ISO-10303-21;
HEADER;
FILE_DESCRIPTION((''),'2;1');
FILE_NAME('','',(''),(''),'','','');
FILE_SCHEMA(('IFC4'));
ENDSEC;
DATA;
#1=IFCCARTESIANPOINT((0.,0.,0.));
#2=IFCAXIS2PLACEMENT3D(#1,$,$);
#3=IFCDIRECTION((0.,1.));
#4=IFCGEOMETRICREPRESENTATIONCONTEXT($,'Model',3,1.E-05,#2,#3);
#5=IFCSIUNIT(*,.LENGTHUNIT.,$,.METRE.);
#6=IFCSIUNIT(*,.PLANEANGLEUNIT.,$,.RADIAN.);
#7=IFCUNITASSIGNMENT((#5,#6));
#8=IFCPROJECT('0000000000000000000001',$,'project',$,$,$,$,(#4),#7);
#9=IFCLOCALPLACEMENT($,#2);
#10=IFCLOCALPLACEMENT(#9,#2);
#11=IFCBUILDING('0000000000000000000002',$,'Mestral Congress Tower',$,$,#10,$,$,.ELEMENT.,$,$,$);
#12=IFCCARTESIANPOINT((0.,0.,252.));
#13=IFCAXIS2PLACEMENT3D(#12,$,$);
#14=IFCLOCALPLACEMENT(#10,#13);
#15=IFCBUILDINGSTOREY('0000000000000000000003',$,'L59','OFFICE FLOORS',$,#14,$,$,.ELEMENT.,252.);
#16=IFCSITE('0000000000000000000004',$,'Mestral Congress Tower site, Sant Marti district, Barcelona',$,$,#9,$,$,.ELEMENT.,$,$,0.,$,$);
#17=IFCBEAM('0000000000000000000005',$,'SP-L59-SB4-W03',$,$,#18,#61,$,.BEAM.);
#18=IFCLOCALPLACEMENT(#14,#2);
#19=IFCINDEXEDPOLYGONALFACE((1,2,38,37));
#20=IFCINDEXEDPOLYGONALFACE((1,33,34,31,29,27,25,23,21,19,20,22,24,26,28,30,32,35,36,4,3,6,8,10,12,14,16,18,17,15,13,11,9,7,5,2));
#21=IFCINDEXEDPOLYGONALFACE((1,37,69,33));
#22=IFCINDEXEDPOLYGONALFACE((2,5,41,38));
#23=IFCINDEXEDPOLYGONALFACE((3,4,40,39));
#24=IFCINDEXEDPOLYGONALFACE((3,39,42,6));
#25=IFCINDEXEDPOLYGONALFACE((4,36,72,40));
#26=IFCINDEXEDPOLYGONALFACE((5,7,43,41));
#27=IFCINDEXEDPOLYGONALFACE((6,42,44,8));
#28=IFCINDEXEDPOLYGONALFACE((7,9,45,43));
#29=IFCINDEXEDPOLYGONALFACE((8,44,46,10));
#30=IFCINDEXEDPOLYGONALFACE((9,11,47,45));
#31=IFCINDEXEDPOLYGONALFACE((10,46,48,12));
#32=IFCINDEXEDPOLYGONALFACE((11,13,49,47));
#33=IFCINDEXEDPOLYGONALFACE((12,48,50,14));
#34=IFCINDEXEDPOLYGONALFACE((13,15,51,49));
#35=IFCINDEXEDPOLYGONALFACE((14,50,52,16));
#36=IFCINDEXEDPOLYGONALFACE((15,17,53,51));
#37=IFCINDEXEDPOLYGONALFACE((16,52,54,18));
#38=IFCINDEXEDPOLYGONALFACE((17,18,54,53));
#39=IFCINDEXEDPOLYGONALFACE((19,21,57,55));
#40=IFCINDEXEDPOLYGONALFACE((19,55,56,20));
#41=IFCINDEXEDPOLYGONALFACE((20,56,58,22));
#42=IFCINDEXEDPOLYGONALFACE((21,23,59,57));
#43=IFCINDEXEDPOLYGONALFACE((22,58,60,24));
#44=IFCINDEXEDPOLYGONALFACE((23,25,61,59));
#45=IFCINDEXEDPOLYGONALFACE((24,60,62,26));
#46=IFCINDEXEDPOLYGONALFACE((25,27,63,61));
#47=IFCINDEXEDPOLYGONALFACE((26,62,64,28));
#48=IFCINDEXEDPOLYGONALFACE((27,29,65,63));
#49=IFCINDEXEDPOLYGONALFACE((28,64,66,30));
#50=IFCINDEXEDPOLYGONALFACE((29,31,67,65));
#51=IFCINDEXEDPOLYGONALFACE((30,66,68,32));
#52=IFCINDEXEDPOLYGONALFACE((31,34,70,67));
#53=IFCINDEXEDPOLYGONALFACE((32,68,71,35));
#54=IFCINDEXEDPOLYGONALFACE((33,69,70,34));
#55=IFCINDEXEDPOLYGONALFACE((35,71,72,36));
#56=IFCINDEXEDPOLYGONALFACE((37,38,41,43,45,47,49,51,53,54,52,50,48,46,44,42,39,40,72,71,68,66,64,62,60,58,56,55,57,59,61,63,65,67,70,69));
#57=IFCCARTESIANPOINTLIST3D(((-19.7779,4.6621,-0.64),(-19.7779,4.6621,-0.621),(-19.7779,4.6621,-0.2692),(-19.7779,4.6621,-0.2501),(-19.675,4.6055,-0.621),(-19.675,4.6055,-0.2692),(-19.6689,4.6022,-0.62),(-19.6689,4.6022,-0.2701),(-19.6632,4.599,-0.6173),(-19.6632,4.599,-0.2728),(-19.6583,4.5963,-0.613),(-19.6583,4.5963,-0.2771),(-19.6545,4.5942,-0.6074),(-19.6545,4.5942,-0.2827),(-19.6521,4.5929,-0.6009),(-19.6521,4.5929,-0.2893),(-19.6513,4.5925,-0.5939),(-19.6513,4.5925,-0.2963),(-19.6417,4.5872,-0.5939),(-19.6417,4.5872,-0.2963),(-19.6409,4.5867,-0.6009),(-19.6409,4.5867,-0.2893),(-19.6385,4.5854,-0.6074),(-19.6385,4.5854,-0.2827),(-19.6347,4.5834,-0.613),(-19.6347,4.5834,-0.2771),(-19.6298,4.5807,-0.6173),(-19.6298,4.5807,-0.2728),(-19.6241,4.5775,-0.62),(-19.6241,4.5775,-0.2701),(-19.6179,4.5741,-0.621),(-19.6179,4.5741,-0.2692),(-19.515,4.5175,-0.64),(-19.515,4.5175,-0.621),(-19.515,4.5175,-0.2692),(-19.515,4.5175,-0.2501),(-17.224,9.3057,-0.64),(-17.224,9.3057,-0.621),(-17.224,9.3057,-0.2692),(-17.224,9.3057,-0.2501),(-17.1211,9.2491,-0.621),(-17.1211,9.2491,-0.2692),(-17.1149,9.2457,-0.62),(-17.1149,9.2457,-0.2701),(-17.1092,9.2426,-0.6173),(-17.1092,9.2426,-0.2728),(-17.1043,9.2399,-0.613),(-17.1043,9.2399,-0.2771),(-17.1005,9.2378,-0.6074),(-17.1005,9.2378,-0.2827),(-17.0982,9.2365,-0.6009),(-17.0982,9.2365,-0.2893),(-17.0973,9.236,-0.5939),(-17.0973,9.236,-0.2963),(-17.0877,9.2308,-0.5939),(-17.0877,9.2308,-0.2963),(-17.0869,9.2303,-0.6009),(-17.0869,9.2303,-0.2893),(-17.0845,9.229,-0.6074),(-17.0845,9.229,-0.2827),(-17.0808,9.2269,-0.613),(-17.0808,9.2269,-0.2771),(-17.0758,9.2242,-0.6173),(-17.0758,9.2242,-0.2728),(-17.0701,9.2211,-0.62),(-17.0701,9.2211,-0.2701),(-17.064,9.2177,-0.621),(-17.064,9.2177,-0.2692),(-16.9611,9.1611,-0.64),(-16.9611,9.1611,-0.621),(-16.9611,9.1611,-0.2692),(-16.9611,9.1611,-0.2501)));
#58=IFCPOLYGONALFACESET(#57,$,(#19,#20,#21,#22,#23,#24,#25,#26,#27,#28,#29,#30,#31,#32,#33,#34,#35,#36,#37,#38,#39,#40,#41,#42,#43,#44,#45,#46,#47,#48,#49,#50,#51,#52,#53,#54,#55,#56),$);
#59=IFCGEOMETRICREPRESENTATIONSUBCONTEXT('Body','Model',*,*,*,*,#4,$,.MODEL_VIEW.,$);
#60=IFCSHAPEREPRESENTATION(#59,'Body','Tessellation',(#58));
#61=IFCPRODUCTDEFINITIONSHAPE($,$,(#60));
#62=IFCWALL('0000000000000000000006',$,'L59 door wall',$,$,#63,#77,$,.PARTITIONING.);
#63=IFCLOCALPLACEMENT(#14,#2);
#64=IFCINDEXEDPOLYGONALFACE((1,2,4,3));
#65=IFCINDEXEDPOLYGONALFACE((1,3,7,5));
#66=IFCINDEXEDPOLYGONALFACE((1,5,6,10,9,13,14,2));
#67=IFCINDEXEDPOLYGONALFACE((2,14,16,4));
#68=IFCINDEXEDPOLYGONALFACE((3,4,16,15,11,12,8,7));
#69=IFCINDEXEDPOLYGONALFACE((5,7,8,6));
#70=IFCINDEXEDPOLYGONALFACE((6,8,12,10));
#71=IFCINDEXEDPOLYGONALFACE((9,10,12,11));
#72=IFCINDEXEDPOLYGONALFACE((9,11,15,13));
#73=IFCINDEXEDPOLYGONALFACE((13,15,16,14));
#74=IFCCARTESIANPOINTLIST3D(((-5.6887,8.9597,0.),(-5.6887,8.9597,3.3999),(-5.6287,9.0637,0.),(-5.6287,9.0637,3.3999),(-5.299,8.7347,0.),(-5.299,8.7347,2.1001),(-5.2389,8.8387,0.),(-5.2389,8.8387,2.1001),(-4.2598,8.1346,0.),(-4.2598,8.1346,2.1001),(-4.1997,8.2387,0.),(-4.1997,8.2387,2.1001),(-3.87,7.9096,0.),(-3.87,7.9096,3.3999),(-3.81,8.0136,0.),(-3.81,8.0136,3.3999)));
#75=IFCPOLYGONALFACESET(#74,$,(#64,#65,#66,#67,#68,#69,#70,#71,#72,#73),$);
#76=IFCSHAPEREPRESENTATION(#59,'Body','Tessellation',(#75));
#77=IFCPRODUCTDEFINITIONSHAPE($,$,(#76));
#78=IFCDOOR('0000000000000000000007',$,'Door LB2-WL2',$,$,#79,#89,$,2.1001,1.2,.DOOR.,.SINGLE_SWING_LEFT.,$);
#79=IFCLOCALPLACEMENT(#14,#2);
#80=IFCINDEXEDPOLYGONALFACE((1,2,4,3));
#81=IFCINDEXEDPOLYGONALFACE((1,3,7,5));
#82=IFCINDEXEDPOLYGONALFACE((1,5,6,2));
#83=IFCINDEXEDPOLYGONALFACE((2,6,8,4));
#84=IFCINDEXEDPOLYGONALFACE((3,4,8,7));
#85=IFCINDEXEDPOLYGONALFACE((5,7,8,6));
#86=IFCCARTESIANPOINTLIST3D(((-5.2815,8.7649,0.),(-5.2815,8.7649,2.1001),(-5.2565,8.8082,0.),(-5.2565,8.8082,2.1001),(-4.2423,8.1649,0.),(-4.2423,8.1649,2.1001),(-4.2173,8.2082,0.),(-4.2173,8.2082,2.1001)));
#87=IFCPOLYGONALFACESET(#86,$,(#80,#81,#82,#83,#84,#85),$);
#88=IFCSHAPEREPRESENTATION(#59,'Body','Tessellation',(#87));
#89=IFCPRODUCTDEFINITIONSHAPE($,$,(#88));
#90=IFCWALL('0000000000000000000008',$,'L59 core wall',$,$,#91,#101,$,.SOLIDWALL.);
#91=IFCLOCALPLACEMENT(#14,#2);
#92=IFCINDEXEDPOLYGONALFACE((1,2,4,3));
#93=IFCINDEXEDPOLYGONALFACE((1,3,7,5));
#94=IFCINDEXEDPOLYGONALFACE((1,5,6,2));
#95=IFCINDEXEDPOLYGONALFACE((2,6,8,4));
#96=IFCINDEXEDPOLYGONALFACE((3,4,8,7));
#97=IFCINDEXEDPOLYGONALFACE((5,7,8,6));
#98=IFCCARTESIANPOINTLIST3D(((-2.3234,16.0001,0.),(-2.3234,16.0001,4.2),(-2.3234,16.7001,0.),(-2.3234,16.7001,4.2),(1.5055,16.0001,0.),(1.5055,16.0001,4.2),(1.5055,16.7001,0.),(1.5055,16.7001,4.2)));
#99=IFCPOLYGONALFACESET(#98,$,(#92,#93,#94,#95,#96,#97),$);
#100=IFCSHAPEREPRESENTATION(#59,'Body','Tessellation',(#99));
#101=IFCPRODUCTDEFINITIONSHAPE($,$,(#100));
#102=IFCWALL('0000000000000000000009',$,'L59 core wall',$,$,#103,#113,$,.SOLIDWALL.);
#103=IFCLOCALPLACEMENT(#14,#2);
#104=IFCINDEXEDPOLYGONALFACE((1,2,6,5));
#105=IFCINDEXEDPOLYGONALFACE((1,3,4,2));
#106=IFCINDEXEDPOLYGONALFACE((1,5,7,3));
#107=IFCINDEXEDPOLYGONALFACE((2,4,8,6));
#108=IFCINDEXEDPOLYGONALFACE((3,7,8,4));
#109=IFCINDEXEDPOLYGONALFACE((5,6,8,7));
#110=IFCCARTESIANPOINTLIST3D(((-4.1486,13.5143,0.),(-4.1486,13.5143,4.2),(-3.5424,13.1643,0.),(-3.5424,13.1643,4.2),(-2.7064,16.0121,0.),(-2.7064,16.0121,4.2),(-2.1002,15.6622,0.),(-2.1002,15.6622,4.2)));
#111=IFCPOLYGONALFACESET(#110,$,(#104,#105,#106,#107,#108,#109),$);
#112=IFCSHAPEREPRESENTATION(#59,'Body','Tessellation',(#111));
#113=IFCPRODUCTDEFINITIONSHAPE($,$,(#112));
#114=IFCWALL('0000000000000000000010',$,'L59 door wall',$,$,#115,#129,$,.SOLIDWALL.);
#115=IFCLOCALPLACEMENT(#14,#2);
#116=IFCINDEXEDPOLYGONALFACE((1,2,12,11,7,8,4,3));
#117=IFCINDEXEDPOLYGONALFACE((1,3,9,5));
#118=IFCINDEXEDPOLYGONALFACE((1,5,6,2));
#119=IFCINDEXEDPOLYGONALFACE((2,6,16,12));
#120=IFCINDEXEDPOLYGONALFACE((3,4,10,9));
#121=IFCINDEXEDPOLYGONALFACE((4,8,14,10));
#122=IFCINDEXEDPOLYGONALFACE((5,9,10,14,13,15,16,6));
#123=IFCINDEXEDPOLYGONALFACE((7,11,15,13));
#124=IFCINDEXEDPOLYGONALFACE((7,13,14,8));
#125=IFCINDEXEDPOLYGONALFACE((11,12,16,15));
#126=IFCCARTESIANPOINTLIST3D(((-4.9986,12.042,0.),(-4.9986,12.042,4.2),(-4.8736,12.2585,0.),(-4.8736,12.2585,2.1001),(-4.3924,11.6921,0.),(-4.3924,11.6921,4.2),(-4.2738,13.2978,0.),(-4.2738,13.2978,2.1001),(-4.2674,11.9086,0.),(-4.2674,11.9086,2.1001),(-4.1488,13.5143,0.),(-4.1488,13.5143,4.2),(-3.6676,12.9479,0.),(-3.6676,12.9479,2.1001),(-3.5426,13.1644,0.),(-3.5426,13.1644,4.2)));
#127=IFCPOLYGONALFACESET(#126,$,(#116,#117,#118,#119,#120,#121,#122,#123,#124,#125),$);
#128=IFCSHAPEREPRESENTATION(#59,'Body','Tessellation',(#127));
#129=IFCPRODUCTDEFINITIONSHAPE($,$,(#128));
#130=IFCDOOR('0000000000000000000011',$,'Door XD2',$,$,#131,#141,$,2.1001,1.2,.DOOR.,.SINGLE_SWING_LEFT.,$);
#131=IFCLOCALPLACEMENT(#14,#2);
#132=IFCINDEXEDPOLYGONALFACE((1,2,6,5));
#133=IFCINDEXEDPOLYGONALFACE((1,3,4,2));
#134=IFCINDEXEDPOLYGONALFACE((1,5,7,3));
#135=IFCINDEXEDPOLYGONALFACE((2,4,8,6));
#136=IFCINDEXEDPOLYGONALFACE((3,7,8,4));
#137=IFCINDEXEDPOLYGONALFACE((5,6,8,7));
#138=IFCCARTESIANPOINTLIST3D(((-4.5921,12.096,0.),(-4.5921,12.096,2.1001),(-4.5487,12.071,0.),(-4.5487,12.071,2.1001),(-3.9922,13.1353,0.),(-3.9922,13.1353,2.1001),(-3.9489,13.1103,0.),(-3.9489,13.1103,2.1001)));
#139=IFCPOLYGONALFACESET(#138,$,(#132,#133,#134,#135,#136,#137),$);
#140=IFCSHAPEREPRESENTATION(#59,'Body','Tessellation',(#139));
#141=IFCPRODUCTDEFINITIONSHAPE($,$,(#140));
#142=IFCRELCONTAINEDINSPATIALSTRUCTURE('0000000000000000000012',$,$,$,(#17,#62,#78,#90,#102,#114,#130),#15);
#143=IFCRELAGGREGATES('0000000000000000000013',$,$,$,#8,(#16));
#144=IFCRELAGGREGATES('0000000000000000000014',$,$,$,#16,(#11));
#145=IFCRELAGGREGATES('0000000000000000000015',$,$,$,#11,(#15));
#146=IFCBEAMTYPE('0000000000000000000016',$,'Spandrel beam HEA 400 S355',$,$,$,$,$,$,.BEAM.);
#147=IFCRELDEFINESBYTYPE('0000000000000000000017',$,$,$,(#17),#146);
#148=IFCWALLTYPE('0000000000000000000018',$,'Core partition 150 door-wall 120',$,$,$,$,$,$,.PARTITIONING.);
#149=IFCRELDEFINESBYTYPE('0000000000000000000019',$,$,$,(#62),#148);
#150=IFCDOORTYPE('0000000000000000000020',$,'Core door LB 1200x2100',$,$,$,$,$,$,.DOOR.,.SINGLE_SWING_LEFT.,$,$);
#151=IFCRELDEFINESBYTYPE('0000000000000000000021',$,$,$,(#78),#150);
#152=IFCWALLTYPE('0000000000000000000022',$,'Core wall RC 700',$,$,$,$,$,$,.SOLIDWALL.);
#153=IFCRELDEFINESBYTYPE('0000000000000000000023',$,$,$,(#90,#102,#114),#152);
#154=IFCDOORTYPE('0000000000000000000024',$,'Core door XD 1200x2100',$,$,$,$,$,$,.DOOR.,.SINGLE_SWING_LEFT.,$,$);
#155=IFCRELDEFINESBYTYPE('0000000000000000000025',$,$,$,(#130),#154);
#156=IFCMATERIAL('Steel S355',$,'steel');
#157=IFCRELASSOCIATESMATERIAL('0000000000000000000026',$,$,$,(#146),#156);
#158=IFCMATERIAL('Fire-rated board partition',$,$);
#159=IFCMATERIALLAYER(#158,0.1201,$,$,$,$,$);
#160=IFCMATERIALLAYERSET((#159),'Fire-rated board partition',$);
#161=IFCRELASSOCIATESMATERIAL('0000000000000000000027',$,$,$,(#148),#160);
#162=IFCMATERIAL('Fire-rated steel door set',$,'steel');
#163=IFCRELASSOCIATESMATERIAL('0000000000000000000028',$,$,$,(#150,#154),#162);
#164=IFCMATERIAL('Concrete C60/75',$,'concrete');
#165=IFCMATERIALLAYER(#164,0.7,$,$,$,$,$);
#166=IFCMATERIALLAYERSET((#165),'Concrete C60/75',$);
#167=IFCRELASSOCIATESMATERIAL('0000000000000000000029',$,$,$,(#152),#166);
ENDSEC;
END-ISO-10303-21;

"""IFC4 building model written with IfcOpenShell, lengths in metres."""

from ifc_helpers import new_model, si_unit, direction, frame, frame_2d, origin, origin_2d, place, context, subcontext, project, spatial, rectangle, i_section, extrude, material, layer, layer_set, material_profile, profile_set, type_object, element, fill, save


model = new_model("IFC4")

# Units and contexts
model_context = context("Model", 3, precision=1e-05, world=origin(), true_north=direction((0.0, 1.0)))
body_context = subcontext(model_context, "Body", "Model", "MODEL_VIEW")
ifc_project = project(units=[si_unit("LENGTHUNIT", "METRE"), si_unit("PLANEANGLEUNIT", "RADIAN")], contexts=[model_context])

# Site, building, storey
site_placement = place(None, origin())
site = spatial("IfcSite", under=ifc_project, at=site_placement, Name="Mestral Congress Tower site, Sant Marti district, Barcelona", CompositionType="ELEMENT", RefElevation=0.0)
building_placement = place(site_placement, origin())
building = spatial("IfcBuilding", under=site, at=building_placement, Name="Mestral Congress Tower", CompositionType="ELEMENT")
storey_placement = place(building_placement, frame((0.0, 0.0, 252.0)))
storey = spatial("IfcBuildingStorey", under=building, at=storey_placement, Name="L59", Description="OFFICE FLOORS", CompositionType="ELEMENT", Elevation=252.0)

# Shared definitions
ifc_material_1 = material(Name="Concrete C60/75", Category="concrete")

# Beam
ifc_material_2 = material(Name="Steel S355", Category="steel")
ifc_material_profile_1 = material_profile(ifc_material_2, i_section(OverallWidth=0.3, OverallDepth=0.3899, WebThickness=0.011, FlangeThickness=0.019, FilletRadius=0.0271, at=origin_2d()), Name="HEA 400")
ifc_profile_set_1 = profile_set([ifc_material_profile_1], Name="Steel S355")
beam_type_1 = type_object("IfcBeamType", Name="Spandrel beam HEA 400 S355", PredefinedType="BEAM", material=ifc_profile_set_1)
beam_1_placement = place(storey_placement, frame((-17.0925, 9.2334, -0.4451), z_axis=(-0.481919, -0.876216, 0.0), x_axis=(0.876216, -0.481919, 0.0)))
element("IfcBeam", 1, at=beam_1_placement, inside=storey, type_object=beam_type_1, Name="SP-L59-SB4-W03", PredefinedType="BEAM", context=body_context, shape_type="SweptSolid", body=[
    extrude(i_section(OverallWidth=0.3, OverallDepth=0.3899, WebThickness=0.011, FlangeThickness=0.019, FilletRadius=0.0271, at=origin_2d()), origin(), (0.0, 0.0, 1.0), 5.2996),
])

# Wall, opening, door
ifc_material_3 = material(Name="Fire-rated board partition")
ifc_layer_1 = layer(ifc_material_3, 0.1201)
ifc_layer_set_1 = layer_set([ifc_layer_1], Name="Fire-rated board partition")
wall_type_1 = type_object("IfcWallType", Name="Core partition 150 door-wall 120", PredefinedType="PARTITIONING", material=ifc_layer_set_1)
wall_1_placement = place(storey_placement, frame((-5.6587, 9.0117, 0.0), z_axis=(0.0, 0.0, 1.0), x_axis=(0.866009, -0.500028, 0.0)))
wall_1 = element("IfcWall", 2, at=wall_1_placement, inside=storey, type_object=wall_type_1, Name="L59 door wall", PredefinedType="PARTITIONING", context=body_context, shape_type="SweptSolid", body=[
    extrude(rectangle(XDim=2.1001, YDim=0.1201, at=frame_2d((1.05, 0.0))), origin(), (0.0, 0.0, 1.0), 3.3999),
])
opening_1_placement = place(wall_1_placement, frame((0.45, 0.0, 0.0)))
opening_1 = element("IfcOpeningElement", 3, at=opening_1_placement, cuts=wall_1, PredefinedType="OPENING", context=body_context, shape_type="SweptSolid", body=[
    extrude(rectangle(XDim=1.2, YDim=2.1001, at=frame_2d((0.6001, 1.05))), frame((0.0, 0.0701, 0.0), z_axis=(0.0, -1.0, 0.0), x_axis=(1.0, 0.0, 0.0)), (0.0, 0.0, 1.0), 0.1401),
])
ifc_material_4 = material(Name="Fire-rated steel door set", Category="steel")
door_type_1 = type_object("IfcDoorType", Name="Core door LB 1200x2100", OperationType="SINGLE_SWING_LEFT", PredefinedType="DOOR", material=ifc_material_4)
door_1_placement = place(opening_1_placement, origin())
door_1 = element("IfcDoor", 4, at=door_1_placement, inside=storey, type_object=door_type_1, Name="Door LB2-WL2", OperationType="SINGLE_SWING_LEFT", OverallHeight=2.1001, OverallWidth=1.2, PredefinedType="DOOR", context=body_context, shape_type="SweptSolid", body=[
    extrude(rectangle(XDim=1.2, YDim=2.1001, at=frame_2d((0.6001, 1.05))), frame((0.0, 0.0249, 0.0), z_axis=(0.0, -1.0, 0.0), x_axis=(1.0, 0.0, 0.0)), (0.0, 0.0, 1.0), 0.05),
])
fill(opening_1, door_1)

# Walls
ifc_layer_2 = layer(ifc_material_1, 0.7)
ifc_layer_set_2 = layer_set([ifc_layer_2], Name="Concrete C60/75")
wall_type_2 = type_object("IfcWallType", Name="Core wall RC 700", PredefinedType="SOLIDWALL", material=ifc_layer_set_2)
wall_2_placement = place(storey_placement, frame((-2.3235, 16.3501, 0.0), z_axis=(0.0, 0.0, 1.0), x_axis=(1.0, 0.0, 0.0)))
element("IfcWall", 5, at=wall_2_placement, inside=storey, type_object=wall_type_2, Name="L59 core wall", PredefinedType="SOLIDWALL", context=body_context, shape_type="SweptSolid", body=[
    extrude(rectangle(XDim=3.8289, YDim=0.7, at=frame_2d((1.9146, 0.0))), origin(), (0.0, 0.0, 1.0), 4.2),
])
wall_3_placement = place(storey_placement, frame((-2.4033, 15.8372, 0.0), z_axis=(0.0, 0.0, 1.0), x_axis=(-0.500008, -0.866021, 0.0)))
element("IfcWall", 6, at=wall_3_placement, inside=storey, type_object=wall_type_2, Name="L59 core wall", PredefinedType="SOLIDWALL", context=body_context, shape_type="SweptSolid", body=[
    extrude(rectangle(XDim=2.8843, YDim=0.7, at=frame_2d((1.4421, 0.0))), origin(), (0.0, 0.0, 1.0), 4.2),
])

# Wall, opening, door
wall_4_placement = place(storey_placement, frame((-4.6956, 11.8669, 0.0), z_axis=(0.0, 0.0, 1.0), x_axis=(0.499892, 0.866088, 0.0)))
wall_4 = element("IfcWall", 7, at=wall_4_placement, inside=storey, type_object=wall_type_2, Name="L59 door wall", PredefinedType="SOLIDWALL", context=body_context, shape_type="SweptSolid", body=[
    extrude(rectangle(XDim=1.7, YDim=0.7, at=frame_2d((0.8501, 0.0))), origin(), (0.0, 0.0, 1.0), 4.2),
])
opening_2_placement = place(wall_4_placement, frame((0.25, 0.0, 0.0)))
opening_2 = element("IfcOpeningElement", 8, at=opening_2_placement, cuts=wall_4, PredefinedType="OPENING", context=body_context, shape_type="SweptSolid", body=[
    extrude(rectangle(XDim=1.2, YDim=2.1001, at=frame_2d((0.6001, 1.05))), frame((0.0, 0.3599, 0.0), z_axis=(0.0, -1.0, 0.0), x_axis=(1.0, 0.0, 0.0)), (0.0, 0.0, 1.0), 0.72),
])
door_type_2 = type_object("IfcDoorType", Name="Core door XD 1200x2100", OperationType="SINGLE_SWING_LEFT", PredefinedType="DOOR", material=ifc_material_4)
door_2_placement = place(opening_2_placement, origin())
door_2 = element("IfcDoor", 9, at=door_2_placement, inside=storey, type_object=door_type_2, Name="Door XD2", OperationType="SINGLE_SWING_LEFT", OverallHeight=2.1001, OverallWidth=1.2, PredefinedType="DOOR", context=body_context, shape_type="SweptSolid", body=[
    extrude(rectangle(XDim=1.2, YDim=2.1001, at=frame_2d((0.6001, 1.05))), frame((0.0, 0.0249, 0.0), z_axis=(0.0, -1.0, 0.0), x_axis=(1.0, 0.0, 0.0)), (0.0, 0.0, 1.0), 0.05),
])
fill(opening_2, door_2)

save(model, "model.ifc")
